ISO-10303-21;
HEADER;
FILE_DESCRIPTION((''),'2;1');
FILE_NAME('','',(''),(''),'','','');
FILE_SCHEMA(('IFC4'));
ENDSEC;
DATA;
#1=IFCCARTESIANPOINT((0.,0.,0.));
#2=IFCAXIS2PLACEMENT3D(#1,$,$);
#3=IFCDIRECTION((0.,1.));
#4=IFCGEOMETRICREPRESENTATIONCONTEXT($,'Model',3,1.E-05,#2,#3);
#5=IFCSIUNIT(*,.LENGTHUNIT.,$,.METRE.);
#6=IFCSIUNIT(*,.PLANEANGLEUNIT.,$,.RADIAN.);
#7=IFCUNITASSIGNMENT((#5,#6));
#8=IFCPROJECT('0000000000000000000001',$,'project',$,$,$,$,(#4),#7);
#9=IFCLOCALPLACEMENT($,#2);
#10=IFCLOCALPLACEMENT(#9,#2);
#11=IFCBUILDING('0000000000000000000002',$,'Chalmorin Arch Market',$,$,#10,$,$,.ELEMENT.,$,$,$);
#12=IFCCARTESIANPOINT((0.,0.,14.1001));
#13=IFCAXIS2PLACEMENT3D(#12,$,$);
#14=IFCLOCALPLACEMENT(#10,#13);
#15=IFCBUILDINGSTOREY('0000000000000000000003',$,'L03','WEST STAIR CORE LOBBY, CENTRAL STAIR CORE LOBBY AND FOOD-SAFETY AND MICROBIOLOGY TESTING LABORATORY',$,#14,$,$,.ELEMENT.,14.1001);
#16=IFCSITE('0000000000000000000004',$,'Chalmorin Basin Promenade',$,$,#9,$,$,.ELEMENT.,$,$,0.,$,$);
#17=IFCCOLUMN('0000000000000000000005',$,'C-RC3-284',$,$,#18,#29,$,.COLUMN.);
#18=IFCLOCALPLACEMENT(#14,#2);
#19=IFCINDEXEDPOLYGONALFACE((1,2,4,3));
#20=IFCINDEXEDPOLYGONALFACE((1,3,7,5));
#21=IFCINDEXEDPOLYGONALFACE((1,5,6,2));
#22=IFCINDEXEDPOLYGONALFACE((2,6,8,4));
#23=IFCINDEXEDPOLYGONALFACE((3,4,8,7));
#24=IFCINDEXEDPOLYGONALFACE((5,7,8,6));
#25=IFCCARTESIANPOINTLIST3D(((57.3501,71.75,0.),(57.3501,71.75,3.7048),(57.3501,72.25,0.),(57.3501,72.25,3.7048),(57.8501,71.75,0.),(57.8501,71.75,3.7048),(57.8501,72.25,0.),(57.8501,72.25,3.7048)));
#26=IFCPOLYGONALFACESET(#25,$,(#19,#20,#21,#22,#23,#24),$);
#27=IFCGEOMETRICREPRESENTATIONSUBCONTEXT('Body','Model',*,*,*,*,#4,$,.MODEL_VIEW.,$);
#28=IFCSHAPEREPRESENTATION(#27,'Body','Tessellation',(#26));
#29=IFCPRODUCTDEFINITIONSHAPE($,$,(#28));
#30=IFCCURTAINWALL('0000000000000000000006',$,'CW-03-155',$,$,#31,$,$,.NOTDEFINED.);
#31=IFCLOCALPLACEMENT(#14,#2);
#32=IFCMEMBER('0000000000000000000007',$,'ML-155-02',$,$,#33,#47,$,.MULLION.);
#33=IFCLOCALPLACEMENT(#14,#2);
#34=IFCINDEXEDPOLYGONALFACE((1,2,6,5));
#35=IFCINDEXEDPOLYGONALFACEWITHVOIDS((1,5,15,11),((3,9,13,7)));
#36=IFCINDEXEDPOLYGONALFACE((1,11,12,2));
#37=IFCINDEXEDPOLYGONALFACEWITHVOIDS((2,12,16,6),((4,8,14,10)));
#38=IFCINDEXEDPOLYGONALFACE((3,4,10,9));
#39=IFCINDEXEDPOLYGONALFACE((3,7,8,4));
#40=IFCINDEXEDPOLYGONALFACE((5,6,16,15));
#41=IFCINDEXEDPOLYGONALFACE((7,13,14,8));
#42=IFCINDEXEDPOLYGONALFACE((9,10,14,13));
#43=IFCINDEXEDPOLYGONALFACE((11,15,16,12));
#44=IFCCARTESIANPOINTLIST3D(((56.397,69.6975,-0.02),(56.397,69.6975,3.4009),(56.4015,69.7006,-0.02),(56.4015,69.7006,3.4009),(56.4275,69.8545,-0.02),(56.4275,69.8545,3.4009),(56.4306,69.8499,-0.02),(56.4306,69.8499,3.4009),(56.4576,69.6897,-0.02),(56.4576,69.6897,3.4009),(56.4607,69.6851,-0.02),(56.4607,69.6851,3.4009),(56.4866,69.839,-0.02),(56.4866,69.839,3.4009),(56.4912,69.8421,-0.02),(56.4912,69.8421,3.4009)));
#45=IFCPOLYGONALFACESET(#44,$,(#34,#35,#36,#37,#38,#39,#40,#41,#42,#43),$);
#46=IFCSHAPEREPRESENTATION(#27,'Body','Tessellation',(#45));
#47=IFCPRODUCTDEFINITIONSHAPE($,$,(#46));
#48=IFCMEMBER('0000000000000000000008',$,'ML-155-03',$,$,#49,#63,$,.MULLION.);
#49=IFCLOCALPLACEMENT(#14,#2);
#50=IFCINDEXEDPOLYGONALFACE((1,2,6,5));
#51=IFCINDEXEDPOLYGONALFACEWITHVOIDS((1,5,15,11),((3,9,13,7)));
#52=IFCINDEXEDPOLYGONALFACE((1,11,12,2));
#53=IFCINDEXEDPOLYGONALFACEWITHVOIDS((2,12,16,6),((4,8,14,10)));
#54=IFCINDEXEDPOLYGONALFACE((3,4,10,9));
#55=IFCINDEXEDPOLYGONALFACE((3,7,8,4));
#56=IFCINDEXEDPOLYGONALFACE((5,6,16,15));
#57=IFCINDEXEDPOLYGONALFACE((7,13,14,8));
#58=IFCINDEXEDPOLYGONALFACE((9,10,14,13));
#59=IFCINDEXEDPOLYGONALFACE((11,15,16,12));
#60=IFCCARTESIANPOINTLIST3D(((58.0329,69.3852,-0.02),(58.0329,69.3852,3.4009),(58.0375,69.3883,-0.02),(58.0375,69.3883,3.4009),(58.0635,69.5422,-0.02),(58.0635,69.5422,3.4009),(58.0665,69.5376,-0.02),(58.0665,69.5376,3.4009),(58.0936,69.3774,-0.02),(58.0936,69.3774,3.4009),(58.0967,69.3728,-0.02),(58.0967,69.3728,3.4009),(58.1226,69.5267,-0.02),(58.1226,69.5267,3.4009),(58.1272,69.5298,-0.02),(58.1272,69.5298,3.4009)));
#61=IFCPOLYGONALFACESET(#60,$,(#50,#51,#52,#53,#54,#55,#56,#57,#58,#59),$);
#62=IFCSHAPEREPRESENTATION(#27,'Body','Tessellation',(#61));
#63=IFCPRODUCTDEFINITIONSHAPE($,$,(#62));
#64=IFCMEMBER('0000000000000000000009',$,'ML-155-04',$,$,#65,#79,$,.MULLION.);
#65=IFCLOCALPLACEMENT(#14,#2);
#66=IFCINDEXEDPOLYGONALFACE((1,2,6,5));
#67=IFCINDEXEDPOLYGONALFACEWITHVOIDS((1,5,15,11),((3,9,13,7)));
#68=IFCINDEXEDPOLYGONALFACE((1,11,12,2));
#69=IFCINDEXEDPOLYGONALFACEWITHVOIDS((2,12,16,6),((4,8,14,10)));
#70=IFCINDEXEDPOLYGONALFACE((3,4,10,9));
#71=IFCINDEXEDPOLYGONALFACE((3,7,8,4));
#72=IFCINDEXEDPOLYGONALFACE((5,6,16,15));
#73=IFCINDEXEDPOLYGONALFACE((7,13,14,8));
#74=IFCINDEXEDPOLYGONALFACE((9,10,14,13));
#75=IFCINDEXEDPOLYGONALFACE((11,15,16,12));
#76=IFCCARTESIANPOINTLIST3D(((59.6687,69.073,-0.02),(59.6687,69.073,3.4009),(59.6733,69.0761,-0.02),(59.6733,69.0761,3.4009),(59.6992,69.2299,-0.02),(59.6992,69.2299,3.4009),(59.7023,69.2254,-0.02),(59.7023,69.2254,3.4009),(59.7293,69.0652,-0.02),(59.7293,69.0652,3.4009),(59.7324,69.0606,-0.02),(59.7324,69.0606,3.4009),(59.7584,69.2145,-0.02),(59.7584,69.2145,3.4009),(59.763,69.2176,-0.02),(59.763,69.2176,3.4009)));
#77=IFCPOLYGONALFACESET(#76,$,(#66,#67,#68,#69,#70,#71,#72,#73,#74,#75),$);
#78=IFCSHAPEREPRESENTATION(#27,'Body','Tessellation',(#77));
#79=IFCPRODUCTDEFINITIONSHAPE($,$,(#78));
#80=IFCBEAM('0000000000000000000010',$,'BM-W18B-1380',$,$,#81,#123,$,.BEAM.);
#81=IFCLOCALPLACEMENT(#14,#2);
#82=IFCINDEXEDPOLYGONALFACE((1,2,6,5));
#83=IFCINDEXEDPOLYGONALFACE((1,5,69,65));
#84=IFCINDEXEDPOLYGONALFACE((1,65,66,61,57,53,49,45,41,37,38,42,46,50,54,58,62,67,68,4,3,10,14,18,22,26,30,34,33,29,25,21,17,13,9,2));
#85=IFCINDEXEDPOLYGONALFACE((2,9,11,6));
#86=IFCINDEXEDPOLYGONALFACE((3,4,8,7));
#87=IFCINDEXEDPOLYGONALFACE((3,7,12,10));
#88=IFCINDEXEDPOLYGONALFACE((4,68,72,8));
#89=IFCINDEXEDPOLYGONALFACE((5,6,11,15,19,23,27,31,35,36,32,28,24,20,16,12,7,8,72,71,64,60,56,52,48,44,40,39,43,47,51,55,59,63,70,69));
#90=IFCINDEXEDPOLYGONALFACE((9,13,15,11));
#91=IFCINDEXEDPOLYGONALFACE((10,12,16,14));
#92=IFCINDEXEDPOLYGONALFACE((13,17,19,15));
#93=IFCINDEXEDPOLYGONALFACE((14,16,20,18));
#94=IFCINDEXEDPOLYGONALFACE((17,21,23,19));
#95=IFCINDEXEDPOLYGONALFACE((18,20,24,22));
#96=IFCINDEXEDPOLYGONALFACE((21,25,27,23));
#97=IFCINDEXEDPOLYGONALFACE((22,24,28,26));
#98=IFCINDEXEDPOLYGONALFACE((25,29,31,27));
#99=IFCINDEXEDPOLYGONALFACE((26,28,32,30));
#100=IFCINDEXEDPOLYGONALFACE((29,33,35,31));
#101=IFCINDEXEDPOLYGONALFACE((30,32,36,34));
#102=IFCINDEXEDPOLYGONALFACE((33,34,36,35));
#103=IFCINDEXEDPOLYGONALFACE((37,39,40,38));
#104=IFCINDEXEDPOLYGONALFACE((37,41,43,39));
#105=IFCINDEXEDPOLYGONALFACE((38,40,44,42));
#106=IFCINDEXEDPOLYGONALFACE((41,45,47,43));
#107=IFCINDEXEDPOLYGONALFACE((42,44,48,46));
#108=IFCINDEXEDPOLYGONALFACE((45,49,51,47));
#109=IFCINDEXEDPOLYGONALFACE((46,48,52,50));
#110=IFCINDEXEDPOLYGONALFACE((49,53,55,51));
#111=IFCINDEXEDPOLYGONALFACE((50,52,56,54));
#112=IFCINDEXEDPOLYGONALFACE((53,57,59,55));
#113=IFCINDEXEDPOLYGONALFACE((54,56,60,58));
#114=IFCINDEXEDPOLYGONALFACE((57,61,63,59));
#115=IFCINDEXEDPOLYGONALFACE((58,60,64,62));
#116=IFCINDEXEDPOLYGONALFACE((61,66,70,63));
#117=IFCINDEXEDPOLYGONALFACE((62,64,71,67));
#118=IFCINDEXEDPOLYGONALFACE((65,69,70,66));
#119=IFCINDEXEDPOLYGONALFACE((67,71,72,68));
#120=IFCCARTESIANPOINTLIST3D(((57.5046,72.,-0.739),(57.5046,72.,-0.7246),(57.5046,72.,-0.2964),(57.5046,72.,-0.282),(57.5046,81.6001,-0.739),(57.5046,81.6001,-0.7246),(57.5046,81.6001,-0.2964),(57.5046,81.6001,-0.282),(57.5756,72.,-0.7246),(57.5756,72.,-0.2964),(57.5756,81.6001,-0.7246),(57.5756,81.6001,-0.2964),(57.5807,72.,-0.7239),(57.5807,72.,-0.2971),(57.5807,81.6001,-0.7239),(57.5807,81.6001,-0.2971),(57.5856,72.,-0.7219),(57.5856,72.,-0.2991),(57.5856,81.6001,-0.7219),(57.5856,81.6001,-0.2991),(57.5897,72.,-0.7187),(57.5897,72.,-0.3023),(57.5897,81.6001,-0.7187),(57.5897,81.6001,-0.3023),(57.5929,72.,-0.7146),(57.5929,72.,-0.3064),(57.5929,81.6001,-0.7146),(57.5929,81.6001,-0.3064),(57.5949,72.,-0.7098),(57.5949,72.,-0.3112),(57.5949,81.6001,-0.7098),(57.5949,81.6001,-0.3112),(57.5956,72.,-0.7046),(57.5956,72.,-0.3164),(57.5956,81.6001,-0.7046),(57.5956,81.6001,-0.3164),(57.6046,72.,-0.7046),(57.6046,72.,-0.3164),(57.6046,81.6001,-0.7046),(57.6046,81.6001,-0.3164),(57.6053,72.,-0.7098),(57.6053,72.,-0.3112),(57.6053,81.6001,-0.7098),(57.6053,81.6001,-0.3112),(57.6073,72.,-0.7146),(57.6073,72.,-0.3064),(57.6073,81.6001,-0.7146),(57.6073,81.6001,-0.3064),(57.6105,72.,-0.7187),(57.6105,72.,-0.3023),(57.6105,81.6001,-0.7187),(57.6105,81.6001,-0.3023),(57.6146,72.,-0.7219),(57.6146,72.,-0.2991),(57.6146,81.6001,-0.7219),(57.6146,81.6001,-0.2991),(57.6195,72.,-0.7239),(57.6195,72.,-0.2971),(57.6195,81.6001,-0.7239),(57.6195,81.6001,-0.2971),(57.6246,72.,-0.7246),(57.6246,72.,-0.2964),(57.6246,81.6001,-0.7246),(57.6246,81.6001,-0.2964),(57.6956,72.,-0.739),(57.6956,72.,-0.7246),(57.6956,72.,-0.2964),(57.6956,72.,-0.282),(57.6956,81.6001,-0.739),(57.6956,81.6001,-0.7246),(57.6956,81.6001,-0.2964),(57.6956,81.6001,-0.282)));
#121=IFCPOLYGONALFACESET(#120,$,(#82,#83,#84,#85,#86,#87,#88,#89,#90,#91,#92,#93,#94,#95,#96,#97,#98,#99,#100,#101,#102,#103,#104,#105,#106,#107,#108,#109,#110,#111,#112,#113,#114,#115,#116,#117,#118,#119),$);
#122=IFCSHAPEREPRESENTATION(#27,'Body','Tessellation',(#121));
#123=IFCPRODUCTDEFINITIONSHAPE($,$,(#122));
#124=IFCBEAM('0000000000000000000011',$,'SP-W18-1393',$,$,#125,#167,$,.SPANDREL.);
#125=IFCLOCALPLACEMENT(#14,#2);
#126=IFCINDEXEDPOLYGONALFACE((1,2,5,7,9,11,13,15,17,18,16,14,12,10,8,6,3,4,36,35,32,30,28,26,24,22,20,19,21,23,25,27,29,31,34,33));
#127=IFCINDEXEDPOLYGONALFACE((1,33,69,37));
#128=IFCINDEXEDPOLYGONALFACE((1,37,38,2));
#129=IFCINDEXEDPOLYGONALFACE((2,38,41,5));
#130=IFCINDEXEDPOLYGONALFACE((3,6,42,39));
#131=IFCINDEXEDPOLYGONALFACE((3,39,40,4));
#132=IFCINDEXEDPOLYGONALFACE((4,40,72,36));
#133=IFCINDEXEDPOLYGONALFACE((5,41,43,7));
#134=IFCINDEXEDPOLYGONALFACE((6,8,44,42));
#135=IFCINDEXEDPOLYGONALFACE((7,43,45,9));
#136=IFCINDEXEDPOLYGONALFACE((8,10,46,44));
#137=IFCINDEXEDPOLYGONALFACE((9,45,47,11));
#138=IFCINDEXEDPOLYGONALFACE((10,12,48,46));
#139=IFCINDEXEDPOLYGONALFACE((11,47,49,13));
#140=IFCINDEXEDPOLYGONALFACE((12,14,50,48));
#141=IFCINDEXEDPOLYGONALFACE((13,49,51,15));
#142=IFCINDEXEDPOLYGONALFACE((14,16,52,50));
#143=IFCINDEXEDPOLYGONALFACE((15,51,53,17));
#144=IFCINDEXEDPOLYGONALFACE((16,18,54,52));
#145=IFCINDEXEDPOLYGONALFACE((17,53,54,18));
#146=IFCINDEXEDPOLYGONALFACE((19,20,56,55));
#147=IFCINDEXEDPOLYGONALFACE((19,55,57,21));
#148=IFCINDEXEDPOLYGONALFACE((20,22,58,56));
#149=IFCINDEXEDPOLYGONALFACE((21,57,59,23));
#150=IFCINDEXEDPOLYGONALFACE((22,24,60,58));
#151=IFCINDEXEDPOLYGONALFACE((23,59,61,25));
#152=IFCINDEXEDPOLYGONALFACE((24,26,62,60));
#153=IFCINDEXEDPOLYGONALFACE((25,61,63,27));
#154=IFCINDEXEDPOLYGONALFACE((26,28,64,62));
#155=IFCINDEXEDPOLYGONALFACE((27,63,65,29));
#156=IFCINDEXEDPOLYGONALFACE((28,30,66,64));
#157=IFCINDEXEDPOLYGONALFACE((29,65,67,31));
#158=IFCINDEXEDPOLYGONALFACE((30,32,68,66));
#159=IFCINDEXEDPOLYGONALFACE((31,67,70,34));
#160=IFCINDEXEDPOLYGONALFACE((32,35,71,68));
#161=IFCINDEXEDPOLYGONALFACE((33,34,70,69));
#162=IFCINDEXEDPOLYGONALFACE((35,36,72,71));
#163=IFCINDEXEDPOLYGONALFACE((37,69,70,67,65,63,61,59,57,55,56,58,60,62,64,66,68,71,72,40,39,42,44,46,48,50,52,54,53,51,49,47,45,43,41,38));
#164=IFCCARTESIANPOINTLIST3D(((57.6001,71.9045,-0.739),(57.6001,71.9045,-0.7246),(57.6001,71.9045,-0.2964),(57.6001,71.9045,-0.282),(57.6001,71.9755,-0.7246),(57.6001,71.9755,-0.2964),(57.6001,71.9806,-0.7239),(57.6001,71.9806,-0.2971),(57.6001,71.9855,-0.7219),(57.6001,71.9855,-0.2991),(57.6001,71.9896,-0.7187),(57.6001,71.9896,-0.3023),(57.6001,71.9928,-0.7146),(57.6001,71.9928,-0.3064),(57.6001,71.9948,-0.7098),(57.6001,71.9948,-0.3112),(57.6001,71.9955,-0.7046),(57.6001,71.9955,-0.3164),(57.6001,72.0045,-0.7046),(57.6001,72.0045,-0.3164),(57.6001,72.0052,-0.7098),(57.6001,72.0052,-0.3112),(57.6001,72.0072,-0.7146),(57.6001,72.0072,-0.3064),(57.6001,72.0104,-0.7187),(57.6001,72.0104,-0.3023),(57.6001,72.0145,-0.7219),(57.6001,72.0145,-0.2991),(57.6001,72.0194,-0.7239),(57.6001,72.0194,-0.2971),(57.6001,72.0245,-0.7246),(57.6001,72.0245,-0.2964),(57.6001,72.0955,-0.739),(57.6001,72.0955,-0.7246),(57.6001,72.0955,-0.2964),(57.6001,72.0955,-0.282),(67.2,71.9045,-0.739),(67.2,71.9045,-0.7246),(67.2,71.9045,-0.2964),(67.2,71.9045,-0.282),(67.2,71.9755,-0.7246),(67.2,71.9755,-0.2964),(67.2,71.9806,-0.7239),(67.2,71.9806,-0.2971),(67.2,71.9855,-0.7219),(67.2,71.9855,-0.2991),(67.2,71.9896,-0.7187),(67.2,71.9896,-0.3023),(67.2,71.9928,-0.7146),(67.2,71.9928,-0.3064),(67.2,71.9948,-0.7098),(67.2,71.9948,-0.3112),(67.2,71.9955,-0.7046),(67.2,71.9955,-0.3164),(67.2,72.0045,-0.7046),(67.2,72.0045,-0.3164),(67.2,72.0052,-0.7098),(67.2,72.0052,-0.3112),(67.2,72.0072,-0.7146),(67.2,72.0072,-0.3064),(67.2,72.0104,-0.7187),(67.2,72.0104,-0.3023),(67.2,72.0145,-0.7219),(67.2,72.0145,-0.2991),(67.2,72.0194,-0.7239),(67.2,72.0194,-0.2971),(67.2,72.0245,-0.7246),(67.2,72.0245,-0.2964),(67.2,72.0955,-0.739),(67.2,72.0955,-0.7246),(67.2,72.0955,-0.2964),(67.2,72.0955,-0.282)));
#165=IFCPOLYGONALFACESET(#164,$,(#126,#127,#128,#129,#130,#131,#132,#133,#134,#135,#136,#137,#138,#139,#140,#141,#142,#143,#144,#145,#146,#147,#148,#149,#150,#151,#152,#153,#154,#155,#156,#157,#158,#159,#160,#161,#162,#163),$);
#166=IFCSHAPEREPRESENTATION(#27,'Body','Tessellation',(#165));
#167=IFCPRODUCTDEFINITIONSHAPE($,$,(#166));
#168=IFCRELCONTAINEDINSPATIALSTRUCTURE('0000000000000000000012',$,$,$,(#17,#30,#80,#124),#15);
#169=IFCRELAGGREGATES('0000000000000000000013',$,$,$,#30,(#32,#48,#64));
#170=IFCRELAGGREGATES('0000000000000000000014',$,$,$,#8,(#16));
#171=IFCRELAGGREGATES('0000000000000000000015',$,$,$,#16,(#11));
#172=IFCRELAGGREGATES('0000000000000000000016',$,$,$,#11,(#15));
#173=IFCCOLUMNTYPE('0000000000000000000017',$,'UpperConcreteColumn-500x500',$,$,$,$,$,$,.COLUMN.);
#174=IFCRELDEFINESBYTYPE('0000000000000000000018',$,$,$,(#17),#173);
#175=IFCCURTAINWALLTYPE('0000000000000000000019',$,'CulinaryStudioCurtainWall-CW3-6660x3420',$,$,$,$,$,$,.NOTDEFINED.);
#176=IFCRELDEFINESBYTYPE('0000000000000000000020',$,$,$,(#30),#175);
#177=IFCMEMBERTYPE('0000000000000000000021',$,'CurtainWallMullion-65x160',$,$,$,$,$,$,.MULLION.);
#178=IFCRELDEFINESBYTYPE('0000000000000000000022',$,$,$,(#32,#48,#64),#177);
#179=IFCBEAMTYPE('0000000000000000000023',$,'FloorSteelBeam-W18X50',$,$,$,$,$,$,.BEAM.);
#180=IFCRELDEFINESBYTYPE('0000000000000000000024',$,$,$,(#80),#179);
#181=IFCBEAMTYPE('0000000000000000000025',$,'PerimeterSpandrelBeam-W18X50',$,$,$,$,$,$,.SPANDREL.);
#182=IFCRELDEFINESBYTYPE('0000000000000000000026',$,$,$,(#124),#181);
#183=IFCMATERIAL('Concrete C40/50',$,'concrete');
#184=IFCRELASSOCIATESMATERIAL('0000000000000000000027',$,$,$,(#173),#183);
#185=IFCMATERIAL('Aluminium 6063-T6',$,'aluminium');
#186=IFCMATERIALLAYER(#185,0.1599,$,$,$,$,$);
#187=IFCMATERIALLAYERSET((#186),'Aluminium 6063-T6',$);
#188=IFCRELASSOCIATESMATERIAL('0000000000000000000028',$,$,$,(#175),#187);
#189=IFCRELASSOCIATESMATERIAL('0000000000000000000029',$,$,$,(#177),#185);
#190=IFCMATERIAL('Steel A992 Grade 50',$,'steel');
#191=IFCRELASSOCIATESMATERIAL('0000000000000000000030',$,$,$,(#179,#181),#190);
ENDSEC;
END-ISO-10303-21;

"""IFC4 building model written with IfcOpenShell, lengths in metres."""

from ifc_helpers import new_model, si_unit, direction, frame, origin, origin_2d, place, context, subcontext, project, spatial, rectangle, hollow_rectangle, i_section, extrude, material, layer, layer_set, material_profile, profile_set, type_object, element, aggregate, save


model = new_model("IFC4")

# Units and contexts
model_context = context("Model", 3, precision=1e-05, world=origin(), true_north=direction((0.0, 1.0)))
body_context = subcontext(model_context, "Body", "Model", "MODEL_VIEW")
ifc_project = project(units=[si_unit("LENGTHUNIT", "METRE"), si_unit("PLANEANGLEUNIT", "RADIAN")], contexts=[model_context])

# Site, building, storey
site_placement = place(None, origin())
site = spatial("IfcSite", under=ifc_project, at=site_placement, Name="Chalmorin Basin Promenade", CompositionType="ELEMENT", RefElevation=0.0)
building_placement = place(site_placement, origin())
building = spatial("IfcBuilding", under=site, at=building_placement, Name="Chalmorin Arch Market", CompositionType="ELEMENT")
storey_placement = place(building_placement, frame((0.0, 0.0, 14.1001)))
storey = spatial("IfcBuildingStorey", under=building, at=storey_placement, Name="L03", Description="WEST STAIR CORE LOBBY, CENTRAL STAIR CORE LOBBY AND FOOD-SAFETY AND MICROBIOLOGY TESTING LABORATORY", CompositionType="ELEMENT", Elevation=14.1001)

# Column
ifc_material_1 = material(Name="Concrete C40/50", Category="concrete")
ifc_material_profile_1 = material_profile(ifc_material_1, rectangle(XDim=0.5, YDim=0.5, at=origin_2d()), Name="RC500X500")
ifc_profile_set_1 = profile_set([ifc_material_profile_1], Name="Concrete C40/50")
column_type = type_object("IfcColumnType", Name="UpperConcreteColumn-500x500", PredefinedType="COLUMN", material=ifc_profile_set_1)
column_placement = place(storey_placement, frame((57.6001, 72.0, 0.0), z_axis=(0.0, 0.0, 1.0), x_axis=(1.0, 0.0, 0.0)))
element("IfcColumn", 1, at=column_placement, inside=storey, type_object=column_type, Name="C-RC3-284", PredefinedType="COLUMN", context=body_context, shape_type="SweptSolid", body=[
    extrude(rectangle(XDim=0.5, YDim=0.5, at=origin_2d()), origin(), (0.0, 0.0, 1.0), 3.7048),
])

# Curtain wall, members
ifc_material_2 = material(Name="Aluminium 6063-T6", Category="aluminium")
ifc_layer_1 = layer(ifc_material_2, 0.1599)
ifc_layer_set_1 = layer_set([ifc_layer_1], Name="Aluminium 6063-T6")
curtain_wall_type = type_object("IfcCurtainWallType", Name="CulinaryStudioCurtainWall-CW3-6660x3420", PredefinedType="NOTDEFINED", material=ifc_layer_set_1)
curtain_wall_placement = place(storey_placement, origin())
curtain_wall = element("IfcCurtainWall", 2, at=curtain_wall_placement, inside=storey, type_object=curtain_wall_type, Name="CW-03-155", PredefinedType="NOTDEFINED")
ifc_material_profile_2 = material_profile(ifc_material_2, hollow_rectangle(XDim=0.0649, YDim=0.1599, WallThickness=0.0039, at=origin_2d()), Name="ALU65X160X4")
ifc_profile_set_2 = profile_set([ifc_material_profile_2], Name="Aluminium 6063-T6")
member_type_1 = type_object("IfcMemberType", Name="CurtainWallMullion-65x160", PredefinedType="MULLION", material=ifc_profile_set_2)
member_1_placement = place(storey_placement, frame((56.4441, 69.7698, -0.02), z_axis=(0.0, 0.0, 1.0), x_axis=(0.981627, -0.190809, 0.0)))
member_1 = element("IfcMember", 3, at=member_1_placement, type_object=member_type_1, Name="ML-155-02", PredefinedType="MULLION", context=body_context, shape_type="SweptSolid", body=[
    extrude(hollow_rectangle(XDim=0.0649, YDim=0.1599, WallThickness=0.0039, at=origin_2d()), origin(), (0.0, 0.0, 1.0), 3.4209),
])
member_2_placement = place(storey_placement, frame((58.0801, 69.4575, -0.02), z_axis=(0.0, 0.0, 1.0), x_axis=(0.981627, -0.190809, 0.0)))
member_2 = element("IfcMember", 4, at=member_2_placement, type_object=member_type_1, Name="ML-155-03", PredefinedType="MULLION", context=body_context, shape_type="SweptSolid", body=[
    extrude(hollow_rectangle(XDim=0.0649, YDim=0.1599, WallThickness=0.0039, at=origin_2d()), origin(), (0.0, 0.0, 1.0), 3.4209),
])
member_3_placement = place(storey_placement, frame((59.7158, 69.1453, -0.02), z_axis=(0.0, 0.0, 1.0), x_axis=(0.981627, -0.190809, 0.0)))
member_3 = element("IfcMember", 5, at=member_3_placement, type_object=member_type_1, Name="ML-155-04", PredefinedType="MULLION", context=body_context, shape_type="SweptSolid", body=[
    extrude(hollow_rectangle(XDim=0.0649, YDim=0.1599, WallThickness=0.0039, at=origin_2d()), origin(), (0.0, 0.0, 1.0), 3.4209),
])

# Beams
ifc_material_3 = material(Name="Steel A992 Grade 50", Category="steel")
ifc_material_profile_3 = material_profile(ifc_material_3, i_section(OverallWidth=0.1909, OverallDepth=0.457, WebThickness=0.009, FlangeThickness=0.0144, FilletRadius=0.02, at=origin_2d()), Name="W18X50")
ifc_profile_set_3 = profile_set([ifc_material_profile_3], Name="Steel A992 Grade 50")
beam_type_1 = type_object("IfcBeamType", Name="FloorSteelBeam-W18X50", PredefinedType="BEAM", material=ifc_profile_set_3)
beam_1_placement = place(storey_placement, frame((57.6001, 72.0, -0.5105), z_axis=(0.0, 1.0, 0.0), x_axis=(-1.0, 0.0, 0.0)))
element("IfcBeam", 6, at=beam_1_placement, inside=storey, type_object=beam_type_1, Name="BM-W18B-1380", PredefinedType="BEAM", context=body_context, shape_type="SweptSolid", body=[
    extrude(i_section(OverallWidth=0.1909, OverallDepth=0.457, WebThickness=0.009, FlangeThickness=0.0144, FilletRadius=0.02, at=origin_2d()), origin(), (0.0, 0.0, 1.0), 9.6001),
])
ifc_material_profile_4 = material_profile(ifc_material_3, i_section(OverallWidth=0.1909, OverallDepth=0.457, WebThickness=0.009, FlangeThickness=0.0144, FilletRadius=0.02, at=origin_2d()), Name="W18X50")
ifc_profile_set_4 = profile_set([ifc_material_profile_4], Name="Steel A992 Grade 50")
beam_type_2 = type_object("IfcBeamType", Name="PerimeterSpandrelBeam-W18X50", PredefinedType="SPANDREL", material=ifc_profile_set_4)
beam_2_placement = place(storey_placement, frame((57.6001, 72.0, -0.5105), z_axis=(1.0, 0.0, 0.0), x_axis=(0.0, 1.0, 0.0)))
element("IfcBeam", 7, at=beam_2_placement, inside=storey, type_object=beam_type_2, Name="SP-W18-1393", PredefinedType="SPANDREL", context=body_context, shape_type="SweptSolid", body=[
    extrude(i_section(OverallWidth=0.1909, OverallDepth=0.457, WebThickness=0.009, FlangeThickness=0.0144, FilletRadius=0.02, at=origin_2d()), origin(), (0.0, 0.0, 1.0), 9.5999),
])

aggregate(curtain_wall, [member_1, member_2, member_3])

save(model, "model.ifc")
